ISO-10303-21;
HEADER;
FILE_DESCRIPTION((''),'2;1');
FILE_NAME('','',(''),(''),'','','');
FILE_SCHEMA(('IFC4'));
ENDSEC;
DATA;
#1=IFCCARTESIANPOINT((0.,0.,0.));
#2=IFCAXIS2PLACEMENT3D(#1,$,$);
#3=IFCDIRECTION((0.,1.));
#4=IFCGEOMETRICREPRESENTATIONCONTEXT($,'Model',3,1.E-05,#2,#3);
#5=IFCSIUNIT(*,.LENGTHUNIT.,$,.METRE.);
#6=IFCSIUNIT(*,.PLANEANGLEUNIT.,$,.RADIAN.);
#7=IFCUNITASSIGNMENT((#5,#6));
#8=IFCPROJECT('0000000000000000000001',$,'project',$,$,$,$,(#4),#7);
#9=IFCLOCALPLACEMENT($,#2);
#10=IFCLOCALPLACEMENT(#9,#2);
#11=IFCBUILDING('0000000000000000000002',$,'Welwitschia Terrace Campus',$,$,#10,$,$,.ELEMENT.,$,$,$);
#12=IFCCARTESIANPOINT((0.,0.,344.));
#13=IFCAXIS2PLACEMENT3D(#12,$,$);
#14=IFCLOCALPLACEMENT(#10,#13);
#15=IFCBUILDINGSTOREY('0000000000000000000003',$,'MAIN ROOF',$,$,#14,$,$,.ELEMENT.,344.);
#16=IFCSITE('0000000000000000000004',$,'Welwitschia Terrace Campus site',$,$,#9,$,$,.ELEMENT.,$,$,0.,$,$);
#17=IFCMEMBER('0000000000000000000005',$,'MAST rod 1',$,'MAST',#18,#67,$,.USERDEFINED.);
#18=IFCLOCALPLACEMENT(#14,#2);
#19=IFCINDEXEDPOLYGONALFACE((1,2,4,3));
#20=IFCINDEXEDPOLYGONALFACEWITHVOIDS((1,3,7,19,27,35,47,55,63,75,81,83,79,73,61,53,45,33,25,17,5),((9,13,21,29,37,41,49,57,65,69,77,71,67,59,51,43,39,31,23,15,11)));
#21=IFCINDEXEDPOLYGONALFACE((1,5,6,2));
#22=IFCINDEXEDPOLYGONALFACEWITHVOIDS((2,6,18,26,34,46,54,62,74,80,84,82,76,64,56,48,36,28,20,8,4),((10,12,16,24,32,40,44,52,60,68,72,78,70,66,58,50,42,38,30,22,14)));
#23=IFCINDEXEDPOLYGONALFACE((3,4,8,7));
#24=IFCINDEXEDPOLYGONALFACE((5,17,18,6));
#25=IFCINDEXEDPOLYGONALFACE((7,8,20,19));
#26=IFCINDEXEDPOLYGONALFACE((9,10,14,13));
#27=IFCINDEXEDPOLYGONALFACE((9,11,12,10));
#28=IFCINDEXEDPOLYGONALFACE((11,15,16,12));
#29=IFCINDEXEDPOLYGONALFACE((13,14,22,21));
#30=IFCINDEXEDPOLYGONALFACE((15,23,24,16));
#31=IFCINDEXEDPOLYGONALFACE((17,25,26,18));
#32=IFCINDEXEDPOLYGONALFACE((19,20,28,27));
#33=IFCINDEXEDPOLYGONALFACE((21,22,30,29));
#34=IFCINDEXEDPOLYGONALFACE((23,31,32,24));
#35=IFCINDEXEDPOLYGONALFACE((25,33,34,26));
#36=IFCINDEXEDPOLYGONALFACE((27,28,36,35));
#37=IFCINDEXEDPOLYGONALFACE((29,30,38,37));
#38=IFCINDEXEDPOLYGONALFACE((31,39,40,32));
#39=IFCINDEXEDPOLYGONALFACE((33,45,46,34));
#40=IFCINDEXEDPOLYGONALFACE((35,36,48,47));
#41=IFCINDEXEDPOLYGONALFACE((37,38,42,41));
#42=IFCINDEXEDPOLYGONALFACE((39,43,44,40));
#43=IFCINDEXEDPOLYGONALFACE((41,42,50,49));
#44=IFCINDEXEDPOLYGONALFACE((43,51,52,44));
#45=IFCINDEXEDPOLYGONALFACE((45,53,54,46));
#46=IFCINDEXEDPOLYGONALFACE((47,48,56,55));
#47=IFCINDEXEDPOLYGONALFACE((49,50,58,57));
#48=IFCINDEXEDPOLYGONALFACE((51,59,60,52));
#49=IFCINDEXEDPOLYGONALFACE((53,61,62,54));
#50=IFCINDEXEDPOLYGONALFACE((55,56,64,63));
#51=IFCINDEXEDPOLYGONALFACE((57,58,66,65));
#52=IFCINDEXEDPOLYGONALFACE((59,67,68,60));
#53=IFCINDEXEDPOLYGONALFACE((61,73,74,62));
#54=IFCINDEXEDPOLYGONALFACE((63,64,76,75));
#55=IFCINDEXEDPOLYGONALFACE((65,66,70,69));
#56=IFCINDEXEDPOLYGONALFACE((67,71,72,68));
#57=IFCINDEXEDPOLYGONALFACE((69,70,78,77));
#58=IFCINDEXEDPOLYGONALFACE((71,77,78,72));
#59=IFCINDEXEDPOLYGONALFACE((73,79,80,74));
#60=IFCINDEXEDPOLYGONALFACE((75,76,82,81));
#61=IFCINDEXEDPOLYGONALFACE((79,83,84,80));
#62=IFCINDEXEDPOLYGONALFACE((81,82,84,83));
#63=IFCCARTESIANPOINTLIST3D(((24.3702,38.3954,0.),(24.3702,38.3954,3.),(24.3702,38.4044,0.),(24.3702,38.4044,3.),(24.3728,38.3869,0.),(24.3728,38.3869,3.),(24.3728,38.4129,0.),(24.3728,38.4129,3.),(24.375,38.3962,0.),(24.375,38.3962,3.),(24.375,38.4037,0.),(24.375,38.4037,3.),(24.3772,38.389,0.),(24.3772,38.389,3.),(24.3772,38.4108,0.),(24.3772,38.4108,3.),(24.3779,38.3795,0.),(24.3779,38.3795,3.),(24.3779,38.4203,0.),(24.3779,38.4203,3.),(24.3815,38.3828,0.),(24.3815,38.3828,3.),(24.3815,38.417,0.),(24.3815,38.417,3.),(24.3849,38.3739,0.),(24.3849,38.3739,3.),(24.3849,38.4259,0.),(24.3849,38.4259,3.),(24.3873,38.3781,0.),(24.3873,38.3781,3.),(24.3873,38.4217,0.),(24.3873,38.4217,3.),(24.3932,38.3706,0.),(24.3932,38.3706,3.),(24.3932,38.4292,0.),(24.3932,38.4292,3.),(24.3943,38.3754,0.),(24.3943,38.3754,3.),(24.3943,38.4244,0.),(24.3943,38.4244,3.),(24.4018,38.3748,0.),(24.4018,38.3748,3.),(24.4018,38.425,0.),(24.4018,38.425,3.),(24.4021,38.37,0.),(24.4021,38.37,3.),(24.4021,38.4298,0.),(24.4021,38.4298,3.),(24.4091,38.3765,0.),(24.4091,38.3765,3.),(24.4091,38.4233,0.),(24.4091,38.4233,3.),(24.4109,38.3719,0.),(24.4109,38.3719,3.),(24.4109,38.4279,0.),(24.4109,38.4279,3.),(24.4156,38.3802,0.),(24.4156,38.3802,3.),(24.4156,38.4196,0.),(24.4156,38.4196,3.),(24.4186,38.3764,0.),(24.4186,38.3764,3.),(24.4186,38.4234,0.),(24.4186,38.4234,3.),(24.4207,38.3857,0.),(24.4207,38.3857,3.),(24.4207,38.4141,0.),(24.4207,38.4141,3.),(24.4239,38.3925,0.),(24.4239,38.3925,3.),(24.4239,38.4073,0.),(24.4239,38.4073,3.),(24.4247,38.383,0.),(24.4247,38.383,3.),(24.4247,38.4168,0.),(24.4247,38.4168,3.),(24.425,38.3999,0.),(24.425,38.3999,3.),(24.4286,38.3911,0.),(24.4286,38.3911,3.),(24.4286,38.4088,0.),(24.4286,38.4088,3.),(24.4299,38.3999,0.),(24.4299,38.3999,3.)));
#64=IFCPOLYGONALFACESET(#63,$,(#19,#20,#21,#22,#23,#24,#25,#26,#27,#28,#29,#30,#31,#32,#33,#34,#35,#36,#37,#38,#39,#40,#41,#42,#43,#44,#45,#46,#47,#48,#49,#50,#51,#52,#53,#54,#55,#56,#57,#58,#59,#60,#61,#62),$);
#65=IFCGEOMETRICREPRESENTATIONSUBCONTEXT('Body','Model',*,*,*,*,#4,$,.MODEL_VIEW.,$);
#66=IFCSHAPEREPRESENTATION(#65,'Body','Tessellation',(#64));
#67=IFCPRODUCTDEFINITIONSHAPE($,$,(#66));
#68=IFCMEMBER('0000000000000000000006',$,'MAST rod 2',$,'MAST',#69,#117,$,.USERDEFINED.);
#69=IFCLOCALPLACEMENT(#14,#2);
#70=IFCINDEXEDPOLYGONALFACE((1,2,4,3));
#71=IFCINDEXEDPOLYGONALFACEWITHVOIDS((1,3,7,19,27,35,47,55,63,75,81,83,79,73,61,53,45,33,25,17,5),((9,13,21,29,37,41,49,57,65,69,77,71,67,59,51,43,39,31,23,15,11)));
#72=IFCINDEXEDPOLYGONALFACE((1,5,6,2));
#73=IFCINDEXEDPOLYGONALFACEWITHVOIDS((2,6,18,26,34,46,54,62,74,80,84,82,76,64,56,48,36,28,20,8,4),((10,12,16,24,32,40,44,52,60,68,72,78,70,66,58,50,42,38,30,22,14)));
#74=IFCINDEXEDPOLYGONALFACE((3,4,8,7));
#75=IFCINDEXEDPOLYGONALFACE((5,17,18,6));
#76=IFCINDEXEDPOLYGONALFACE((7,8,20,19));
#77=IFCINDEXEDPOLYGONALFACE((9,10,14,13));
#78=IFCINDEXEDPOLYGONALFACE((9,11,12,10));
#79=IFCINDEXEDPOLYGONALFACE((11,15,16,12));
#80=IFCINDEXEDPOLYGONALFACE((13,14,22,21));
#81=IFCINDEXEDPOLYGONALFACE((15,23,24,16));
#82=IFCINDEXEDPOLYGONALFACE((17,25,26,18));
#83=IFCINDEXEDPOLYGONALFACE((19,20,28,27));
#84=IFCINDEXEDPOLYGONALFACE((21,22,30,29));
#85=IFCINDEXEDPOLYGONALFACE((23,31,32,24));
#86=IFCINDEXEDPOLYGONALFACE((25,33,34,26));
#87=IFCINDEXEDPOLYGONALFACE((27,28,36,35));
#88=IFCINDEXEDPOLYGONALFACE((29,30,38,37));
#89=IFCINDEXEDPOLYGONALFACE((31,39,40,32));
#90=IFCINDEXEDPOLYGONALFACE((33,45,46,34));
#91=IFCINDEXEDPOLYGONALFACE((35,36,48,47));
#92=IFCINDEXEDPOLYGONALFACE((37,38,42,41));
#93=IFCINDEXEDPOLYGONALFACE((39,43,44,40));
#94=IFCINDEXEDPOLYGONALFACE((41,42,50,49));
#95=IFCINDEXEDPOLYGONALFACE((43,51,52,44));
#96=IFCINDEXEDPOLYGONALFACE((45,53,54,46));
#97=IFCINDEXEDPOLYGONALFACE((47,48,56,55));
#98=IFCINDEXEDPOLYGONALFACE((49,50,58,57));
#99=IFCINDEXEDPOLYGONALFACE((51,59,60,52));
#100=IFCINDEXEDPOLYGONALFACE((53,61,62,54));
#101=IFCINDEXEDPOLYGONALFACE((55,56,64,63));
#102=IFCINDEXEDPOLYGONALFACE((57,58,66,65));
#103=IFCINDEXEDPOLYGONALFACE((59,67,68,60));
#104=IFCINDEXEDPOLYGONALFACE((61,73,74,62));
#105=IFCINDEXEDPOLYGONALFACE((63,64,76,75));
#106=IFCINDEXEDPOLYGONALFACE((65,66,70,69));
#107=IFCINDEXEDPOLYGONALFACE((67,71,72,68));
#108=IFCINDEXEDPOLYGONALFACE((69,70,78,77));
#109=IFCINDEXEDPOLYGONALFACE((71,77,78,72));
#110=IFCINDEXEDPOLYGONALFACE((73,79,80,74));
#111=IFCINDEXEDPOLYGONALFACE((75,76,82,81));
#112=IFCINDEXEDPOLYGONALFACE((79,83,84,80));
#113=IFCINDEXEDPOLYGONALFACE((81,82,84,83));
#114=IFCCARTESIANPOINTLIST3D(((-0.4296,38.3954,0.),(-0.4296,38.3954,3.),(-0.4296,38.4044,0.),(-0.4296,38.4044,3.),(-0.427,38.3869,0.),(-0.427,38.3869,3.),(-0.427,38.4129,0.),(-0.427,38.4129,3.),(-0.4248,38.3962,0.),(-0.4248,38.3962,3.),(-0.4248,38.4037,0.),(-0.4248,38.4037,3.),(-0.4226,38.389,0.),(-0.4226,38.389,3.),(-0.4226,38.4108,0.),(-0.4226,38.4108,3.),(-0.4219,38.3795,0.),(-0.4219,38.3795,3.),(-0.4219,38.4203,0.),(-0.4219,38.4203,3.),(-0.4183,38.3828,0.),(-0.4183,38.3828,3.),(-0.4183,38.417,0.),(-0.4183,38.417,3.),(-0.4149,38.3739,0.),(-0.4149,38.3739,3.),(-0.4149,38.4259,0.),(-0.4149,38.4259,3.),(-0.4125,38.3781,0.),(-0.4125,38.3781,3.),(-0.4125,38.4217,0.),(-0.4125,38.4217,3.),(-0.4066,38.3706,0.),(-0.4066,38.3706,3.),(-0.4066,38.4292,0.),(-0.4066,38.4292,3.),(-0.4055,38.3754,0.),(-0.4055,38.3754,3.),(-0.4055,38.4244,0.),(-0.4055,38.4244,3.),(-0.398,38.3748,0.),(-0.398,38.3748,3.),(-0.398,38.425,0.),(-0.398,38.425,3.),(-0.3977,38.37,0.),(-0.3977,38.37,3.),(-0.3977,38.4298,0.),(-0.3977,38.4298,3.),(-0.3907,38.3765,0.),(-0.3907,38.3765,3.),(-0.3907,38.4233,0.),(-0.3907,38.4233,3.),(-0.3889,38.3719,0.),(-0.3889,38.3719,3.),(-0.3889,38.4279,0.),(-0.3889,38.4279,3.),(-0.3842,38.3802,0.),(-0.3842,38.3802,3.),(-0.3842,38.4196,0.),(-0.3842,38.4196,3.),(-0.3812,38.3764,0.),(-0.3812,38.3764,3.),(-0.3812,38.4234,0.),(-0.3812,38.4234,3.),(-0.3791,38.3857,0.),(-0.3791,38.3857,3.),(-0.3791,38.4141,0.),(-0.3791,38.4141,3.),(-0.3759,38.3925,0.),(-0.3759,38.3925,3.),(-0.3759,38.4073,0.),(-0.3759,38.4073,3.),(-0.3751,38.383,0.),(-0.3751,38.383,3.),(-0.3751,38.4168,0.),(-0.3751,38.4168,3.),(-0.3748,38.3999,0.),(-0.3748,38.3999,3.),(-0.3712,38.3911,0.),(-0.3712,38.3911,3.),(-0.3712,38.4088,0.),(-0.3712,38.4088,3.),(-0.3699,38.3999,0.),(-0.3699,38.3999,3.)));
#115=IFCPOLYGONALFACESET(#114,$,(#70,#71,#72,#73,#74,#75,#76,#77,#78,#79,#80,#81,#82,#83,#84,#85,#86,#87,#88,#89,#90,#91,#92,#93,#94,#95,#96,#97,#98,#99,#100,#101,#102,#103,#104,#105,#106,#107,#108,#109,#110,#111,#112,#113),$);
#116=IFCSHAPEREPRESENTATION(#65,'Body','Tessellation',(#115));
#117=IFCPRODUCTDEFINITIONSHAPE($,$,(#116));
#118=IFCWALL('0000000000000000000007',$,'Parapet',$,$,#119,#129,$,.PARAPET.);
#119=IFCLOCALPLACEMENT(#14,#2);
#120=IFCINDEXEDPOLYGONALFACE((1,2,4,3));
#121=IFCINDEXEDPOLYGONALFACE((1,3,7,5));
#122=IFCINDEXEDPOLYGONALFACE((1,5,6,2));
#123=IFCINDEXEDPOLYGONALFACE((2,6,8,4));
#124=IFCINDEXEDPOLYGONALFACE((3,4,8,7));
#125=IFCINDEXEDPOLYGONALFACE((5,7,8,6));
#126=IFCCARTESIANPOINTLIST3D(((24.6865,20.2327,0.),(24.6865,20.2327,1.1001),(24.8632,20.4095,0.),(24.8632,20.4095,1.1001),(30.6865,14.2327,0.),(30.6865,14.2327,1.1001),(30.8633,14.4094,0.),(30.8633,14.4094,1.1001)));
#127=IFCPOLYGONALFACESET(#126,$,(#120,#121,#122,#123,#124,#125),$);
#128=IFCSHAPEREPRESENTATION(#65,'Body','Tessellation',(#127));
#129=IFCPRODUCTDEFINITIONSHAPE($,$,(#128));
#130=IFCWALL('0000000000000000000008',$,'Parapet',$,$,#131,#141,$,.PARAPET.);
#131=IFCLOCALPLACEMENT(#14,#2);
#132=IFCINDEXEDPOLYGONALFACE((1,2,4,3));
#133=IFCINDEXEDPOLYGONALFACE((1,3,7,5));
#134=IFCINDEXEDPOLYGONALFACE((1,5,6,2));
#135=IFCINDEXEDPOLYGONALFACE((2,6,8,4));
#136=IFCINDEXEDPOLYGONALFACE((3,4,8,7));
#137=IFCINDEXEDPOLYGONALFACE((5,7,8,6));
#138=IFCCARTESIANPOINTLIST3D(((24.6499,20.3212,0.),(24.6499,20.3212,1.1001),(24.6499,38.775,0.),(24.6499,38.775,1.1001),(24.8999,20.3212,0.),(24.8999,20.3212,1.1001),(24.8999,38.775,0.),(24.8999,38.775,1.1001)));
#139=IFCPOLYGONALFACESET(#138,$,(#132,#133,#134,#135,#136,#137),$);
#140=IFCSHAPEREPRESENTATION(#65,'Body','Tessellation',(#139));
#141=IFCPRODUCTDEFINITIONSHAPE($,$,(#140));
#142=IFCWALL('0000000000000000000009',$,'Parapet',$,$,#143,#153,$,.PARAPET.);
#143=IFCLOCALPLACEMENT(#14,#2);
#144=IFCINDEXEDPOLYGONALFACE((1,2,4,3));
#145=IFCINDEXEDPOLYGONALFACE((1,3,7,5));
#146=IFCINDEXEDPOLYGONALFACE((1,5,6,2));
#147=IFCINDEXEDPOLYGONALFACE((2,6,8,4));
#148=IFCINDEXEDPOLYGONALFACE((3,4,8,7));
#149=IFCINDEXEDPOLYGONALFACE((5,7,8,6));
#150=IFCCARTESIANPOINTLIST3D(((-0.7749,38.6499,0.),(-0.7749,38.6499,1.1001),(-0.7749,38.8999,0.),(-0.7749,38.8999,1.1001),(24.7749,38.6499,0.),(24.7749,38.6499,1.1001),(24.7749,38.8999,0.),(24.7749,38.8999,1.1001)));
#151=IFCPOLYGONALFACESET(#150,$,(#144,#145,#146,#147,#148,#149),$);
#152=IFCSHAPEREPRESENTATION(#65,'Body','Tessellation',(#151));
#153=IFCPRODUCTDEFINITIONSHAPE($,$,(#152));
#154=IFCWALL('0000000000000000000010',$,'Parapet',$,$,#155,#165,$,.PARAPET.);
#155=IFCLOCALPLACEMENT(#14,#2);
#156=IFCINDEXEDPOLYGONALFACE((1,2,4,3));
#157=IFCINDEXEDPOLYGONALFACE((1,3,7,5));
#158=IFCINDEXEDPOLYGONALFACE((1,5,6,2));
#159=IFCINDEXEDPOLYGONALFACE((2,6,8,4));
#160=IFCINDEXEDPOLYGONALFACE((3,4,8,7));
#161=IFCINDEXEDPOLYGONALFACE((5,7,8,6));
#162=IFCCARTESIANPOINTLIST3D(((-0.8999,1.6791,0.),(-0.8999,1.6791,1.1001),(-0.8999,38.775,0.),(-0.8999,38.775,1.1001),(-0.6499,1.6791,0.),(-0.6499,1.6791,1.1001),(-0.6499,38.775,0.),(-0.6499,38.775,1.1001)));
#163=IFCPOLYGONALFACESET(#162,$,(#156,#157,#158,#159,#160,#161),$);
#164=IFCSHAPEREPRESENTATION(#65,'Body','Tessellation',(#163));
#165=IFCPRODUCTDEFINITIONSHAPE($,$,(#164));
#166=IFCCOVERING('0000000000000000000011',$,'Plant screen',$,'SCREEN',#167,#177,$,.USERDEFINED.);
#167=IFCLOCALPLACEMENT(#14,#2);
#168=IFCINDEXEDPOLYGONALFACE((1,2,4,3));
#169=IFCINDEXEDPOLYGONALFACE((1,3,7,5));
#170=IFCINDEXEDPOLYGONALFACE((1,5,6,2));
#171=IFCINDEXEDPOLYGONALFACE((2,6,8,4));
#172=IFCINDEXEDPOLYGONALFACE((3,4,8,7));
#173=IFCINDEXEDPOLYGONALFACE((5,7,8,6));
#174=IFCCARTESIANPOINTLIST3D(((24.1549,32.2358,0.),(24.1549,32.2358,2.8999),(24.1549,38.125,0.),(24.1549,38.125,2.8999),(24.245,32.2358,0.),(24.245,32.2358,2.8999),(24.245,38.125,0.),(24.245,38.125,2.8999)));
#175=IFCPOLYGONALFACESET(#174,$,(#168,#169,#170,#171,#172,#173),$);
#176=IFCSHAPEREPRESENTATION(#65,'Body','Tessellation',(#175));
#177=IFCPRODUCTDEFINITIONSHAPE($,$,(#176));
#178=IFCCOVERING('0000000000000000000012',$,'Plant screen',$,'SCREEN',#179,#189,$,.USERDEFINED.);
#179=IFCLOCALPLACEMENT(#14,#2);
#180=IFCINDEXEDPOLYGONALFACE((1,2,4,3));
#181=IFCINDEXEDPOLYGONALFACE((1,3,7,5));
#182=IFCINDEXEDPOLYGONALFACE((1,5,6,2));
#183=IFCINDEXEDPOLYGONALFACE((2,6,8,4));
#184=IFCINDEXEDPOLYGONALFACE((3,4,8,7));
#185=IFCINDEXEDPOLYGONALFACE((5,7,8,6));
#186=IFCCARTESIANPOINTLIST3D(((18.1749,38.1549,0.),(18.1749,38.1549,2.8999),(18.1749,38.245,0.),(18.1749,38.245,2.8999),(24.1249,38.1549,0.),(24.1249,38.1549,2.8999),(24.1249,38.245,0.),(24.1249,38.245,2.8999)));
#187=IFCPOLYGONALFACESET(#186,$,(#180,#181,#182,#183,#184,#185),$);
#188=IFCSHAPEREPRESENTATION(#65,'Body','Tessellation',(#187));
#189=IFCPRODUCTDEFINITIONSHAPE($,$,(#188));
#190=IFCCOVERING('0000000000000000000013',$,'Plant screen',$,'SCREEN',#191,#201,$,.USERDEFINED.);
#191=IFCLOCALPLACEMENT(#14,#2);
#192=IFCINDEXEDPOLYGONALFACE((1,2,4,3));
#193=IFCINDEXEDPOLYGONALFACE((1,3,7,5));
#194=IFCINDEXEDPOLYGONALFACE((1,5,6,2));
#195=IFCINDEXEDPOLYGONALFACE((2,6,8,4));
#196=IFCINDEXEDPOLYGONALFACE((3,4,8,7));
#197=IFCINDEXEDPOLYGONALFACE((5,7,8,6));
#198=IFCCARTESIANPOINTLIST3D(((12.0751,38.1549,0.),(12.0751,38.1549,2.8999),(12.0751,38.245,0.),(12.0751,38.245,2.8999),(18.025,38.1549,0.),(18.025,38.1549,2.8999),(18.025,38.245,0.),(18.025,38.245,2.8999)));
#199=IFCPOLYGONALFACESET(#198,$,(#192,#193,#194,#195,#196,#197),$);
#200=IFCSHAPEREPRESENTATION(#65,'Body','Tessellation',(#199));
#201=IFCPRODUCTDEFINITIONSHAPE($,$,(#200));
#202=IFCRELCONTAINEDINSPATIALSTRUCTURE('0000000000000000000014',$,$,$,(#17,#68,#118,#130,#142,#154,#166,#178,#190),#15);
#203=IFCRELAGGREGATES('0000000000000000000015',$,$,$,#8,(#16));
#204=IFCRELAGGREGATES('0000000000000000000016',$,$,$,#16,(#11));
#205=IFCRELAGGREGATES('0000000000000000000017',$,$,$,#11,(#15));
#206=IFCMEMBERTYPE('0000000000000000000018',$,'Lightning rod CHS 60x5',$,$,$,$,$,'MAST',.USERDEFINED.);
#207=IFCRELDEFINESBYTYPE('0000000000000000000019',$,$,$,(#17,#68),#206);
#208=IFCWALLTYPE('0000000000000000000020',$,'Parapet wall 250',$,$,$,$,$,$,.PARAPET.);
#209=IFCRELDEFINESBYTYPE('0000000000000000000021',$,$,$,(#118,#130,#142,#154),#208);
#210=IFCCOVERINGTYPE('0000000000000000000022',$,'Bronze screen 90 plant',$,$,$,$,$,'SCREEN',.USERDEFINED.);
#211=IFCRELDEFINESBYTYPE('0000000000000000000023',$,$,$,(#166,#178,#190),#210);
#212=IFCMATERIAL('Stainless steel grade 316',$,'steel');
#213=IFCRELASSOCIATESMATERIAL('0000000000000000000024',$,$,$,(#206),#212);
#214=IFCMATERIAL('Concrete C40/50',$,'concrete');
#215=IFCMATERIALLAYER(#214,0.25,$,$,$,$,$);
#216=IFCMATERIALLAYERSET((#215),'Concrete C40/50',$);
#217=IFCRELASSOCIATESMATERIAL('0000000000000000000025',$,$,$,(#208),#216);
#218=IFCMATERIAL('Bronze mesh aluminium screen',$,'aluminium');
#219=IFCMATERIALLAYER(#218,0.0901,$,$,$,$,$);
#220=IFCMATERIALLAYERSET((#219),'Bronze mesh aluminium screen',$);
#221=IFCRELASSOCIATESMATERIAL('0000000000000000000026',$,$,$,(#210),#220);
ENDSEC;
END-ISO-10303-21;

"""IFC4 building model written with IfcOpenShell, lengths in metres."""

from ifc_helpers import new_model, si_unit, direction, frame, frame_2d, origin, origin_2d, place, context, subcontext, project, spatial, rectangle, hollow_circle, extrude, material, layer, layer_set, material_profile, profile_set, type_object, element, save


model = new_model("IFC4")

# Units and contexts
model_context = context("Model", 3, precision=1e-05, world=origin(), true_north=direction((0.0, 1.0)))
body_context = subcontext(model_context, "Body", "Model", "MODEL_VIEW")
ifc_project = project(units=[si_unit("LENGTHUNIT", "METRE"), si_unit("PLANEANGLEUNIT", "RADIAN")], contexts=[model_context])

# Site, building, storey
site_placement = place(None, origin())
site = spatial("IfcSite", under=ifc_project, at=site_placement, Name="Welwitschia Terrace Campus site", CompositionType="ELEMENT", RefElevation=0.0)
building_placement = place(site_placement, origin())
building = spatial("IfcBuilding", under=site, at=building_placement, Name="Welwitschia Terrace Campus", CompositionType="ELEMENT")
storey_placement = place(building_placement, frame((0.0, 0.0, 344.0)))
storey = spatial("IfcBuildingStorey", under=building, at=storey_placement, Name="MAIN ROOF", CompositionType="ELEMENT", Elevation=344.0)

# Members
ifc_material_1 = material(Name="Stainless steel grade 316", Category="steel")
ifc_material_profile = material_profile(ifc_material_1, hollow_circle(Radius=0.03, WallThickness=0.0049, at=origin_2d()))
ifc_profile_set = profile_set([ifc_material_profile], Name="Stainless steel grade 316")
member_type = type_object("IfcMemberType", Name="Lightning rod CHS 60x5", ElementType="MAST", PredefinedType="USERDEFINED", material=ifc_profile_set)
for number, where, z_axis, x_axis, name in (
    (1, (24.3999, 38.3999, 0.0), (0.0, 0.0, 1.0), (1.0, 0.0, 0.0), "MAST rod 1"),
    (2, (-0.3999, 38.3999, 0.0), (0.0, 0.0, 1.0), (1.0, 0.0, 0.0), "MAST rod 2"),
):
    element("IfcMember", number, at=place(storey_placement, frame(where, z_axis=z_axis, x_axis=x_axis)), inside=storey, type_object=member_type, Name=name, ObjectType="MAST", PredefinedType="USERDEFINED", context=body_context, shape_type="SweptSolid", body=[
        extrude(hollow_circle(Radius=0.03, WallThickness=0.0049, at=origin_2d()), origin(), (0.0, 0.0, 1.0), 3.0),
    ])

# Walls
ifc_material_2 = material(Name="Concrete C40/50", Category="concrete")
ifc_layer_1 = layer(ifc_material_2, 0.25)
ifc_layer_set_1 = layer_set([ifc_layer_1], Name="Concrete C40/50")
wall_type = type_object("IfcWallType", Name="Parapet wall 250", PredefinedType="PARAPET", material=ifc_layer_set_1)
wall_1_placement = place(storey_placement, frame((30.7749, 14.321, 0.0), z_axis=(0.0, 0.0, 1.0), x_axis=(-0.707107, 0.707107, 0.0)))
element("IfcWall", 3, at=wall_1_placement, inside=storey, type_object=wall_type, Name="Parapet", PredefinedType="PARAPET", context=body_context, shape_type="SweptSolid", body=[
    extrude(rectangle(XDim=8.4854, YDim=0.25, at=frame_2d((4.2427, 0.0))), origin(), (0.0, 0.0, 1.0), 1.1001),
])
wall_2_placement = place(storey_placement, frame((24.7749, 20.321, 0.0), z_axis=(0.0, 0.0, 1.0), x_axis=(0.0, 1.0, 0.0)))
element("IfcWall", 4, at=wall_2_placement, inside=storey, type_object=wall_type, Name="Parapet", PredefinedType="PARAPET", context=body_context, shape_type="SweptSolid", body=[
    extrude(rectangle(XDim=18.4539, YDim=0.25, at=frame_2d((9.2271, 0.0))), origin(), (0.0, 0.0, 1.0), 1.1001),
])
wall_3_placement = place(storey_placement, frame((24.7749, 38.7749, 0.0), z_axis=(0.0, 0.0, 1.0), x_axis=(-1.0, 0.0, 0.0)))
element("IfcWall", 5, at=wall_3_placement, inside=storey, type_object=wall_type, Name="Parapet", PredefinedType="PARAPET", context=body_context, shape_type="SweptSolid", body=[
    extrude(rectangle(XDim=25.5498, YDim=0.25, at=frame_2d((12.7749, 0.0))), origin(), (0.0, 0.0, 1.0), 1.1001),
])
wall_4_placement = place(storey_placement, frame((-0.7749, 38.7749, 0.0), z_axis=(0.0, 0.0, 1.0), x_axis=(0.0, -1.0, 0.0)))
element("IfcWall", 6, at=wall_4_placement, inside=storey, type_object=wall_type, Name="Parapet", PredefinedType="PARAPET", context=body_context, shape_type="SweptSolid", body=[
    extrude(rectangle(XDim=37.0959, YDim=0.25, at=frame_2d((18.5479, 0.0))), origin(), (0.0, 0.0, 1.0), 1.1001),
])

# Coverings
ifc_material_3 = material(Name="Bronze mesh aluminium screen", Category="aluminium")
ifc_layer_2 = layer(ifc_material_3, 0.0901)
ifc_layer_set_2 = layer_set([ifc_layer_2], Name="Bronze mesh aluminium screen")
covering_type_1 = type_object("IfcCoveringType", Name="Bronze screen 90 plant", ElementType="SCREEN", PredefinedType="USERDEFINED", material=ifc_layer_set_2)
covering_placement = place(storey_placement, frame((24.2, 35.1804, 0.0), z_axis=(0.0, 0.0, 1.0), x_axis=(0.0, 1.0, 0.0)))
element("IfcCovering", 7, at=covering_placement, inside=storey, type_object=covering_type_1, Name="Plant screen", ObjectType="SCREEN", PredefinedType="USERDEFINED", context=body_context, shape_type="SweptSolid", body=[
    extrude(rectangle(XDim=5.8892, YDim=0.0901, at=origin_2d()), origin(), (0.0, 0.0, 1.0), 2.8999),
])
for number, where, z_axis, x_axis, name in (
    (8, (21.1499, 38.2, 0.0), (0.0, 0.0, 1.0), (-1.0, 0.0, 0.0), "Plant screen"),
    (9, (15.05, 38.2, 0.0), (0.0, 0.0, 1.0), (-1.0, 0.0, 0.0), "Plant screen"),
):
    element("IfcCovering", number, at=place(storey_placement, frame(where, z_axis=z_axis, x_axis=x_axis)), inside=storey, type_object=covering_type_1, Name=name, ObjectType="SCREEN", PredefinedType="USERDEFINED", context=body_context, shape_type="SweptSolid", body=[
        extrude(rectangle(XDim=5.95, YDim=0.0901, at=origin_2d()), origin(), (0.0, 0.0, 1.0), 2.8999),
    ])

save(model, "model.ifc")
